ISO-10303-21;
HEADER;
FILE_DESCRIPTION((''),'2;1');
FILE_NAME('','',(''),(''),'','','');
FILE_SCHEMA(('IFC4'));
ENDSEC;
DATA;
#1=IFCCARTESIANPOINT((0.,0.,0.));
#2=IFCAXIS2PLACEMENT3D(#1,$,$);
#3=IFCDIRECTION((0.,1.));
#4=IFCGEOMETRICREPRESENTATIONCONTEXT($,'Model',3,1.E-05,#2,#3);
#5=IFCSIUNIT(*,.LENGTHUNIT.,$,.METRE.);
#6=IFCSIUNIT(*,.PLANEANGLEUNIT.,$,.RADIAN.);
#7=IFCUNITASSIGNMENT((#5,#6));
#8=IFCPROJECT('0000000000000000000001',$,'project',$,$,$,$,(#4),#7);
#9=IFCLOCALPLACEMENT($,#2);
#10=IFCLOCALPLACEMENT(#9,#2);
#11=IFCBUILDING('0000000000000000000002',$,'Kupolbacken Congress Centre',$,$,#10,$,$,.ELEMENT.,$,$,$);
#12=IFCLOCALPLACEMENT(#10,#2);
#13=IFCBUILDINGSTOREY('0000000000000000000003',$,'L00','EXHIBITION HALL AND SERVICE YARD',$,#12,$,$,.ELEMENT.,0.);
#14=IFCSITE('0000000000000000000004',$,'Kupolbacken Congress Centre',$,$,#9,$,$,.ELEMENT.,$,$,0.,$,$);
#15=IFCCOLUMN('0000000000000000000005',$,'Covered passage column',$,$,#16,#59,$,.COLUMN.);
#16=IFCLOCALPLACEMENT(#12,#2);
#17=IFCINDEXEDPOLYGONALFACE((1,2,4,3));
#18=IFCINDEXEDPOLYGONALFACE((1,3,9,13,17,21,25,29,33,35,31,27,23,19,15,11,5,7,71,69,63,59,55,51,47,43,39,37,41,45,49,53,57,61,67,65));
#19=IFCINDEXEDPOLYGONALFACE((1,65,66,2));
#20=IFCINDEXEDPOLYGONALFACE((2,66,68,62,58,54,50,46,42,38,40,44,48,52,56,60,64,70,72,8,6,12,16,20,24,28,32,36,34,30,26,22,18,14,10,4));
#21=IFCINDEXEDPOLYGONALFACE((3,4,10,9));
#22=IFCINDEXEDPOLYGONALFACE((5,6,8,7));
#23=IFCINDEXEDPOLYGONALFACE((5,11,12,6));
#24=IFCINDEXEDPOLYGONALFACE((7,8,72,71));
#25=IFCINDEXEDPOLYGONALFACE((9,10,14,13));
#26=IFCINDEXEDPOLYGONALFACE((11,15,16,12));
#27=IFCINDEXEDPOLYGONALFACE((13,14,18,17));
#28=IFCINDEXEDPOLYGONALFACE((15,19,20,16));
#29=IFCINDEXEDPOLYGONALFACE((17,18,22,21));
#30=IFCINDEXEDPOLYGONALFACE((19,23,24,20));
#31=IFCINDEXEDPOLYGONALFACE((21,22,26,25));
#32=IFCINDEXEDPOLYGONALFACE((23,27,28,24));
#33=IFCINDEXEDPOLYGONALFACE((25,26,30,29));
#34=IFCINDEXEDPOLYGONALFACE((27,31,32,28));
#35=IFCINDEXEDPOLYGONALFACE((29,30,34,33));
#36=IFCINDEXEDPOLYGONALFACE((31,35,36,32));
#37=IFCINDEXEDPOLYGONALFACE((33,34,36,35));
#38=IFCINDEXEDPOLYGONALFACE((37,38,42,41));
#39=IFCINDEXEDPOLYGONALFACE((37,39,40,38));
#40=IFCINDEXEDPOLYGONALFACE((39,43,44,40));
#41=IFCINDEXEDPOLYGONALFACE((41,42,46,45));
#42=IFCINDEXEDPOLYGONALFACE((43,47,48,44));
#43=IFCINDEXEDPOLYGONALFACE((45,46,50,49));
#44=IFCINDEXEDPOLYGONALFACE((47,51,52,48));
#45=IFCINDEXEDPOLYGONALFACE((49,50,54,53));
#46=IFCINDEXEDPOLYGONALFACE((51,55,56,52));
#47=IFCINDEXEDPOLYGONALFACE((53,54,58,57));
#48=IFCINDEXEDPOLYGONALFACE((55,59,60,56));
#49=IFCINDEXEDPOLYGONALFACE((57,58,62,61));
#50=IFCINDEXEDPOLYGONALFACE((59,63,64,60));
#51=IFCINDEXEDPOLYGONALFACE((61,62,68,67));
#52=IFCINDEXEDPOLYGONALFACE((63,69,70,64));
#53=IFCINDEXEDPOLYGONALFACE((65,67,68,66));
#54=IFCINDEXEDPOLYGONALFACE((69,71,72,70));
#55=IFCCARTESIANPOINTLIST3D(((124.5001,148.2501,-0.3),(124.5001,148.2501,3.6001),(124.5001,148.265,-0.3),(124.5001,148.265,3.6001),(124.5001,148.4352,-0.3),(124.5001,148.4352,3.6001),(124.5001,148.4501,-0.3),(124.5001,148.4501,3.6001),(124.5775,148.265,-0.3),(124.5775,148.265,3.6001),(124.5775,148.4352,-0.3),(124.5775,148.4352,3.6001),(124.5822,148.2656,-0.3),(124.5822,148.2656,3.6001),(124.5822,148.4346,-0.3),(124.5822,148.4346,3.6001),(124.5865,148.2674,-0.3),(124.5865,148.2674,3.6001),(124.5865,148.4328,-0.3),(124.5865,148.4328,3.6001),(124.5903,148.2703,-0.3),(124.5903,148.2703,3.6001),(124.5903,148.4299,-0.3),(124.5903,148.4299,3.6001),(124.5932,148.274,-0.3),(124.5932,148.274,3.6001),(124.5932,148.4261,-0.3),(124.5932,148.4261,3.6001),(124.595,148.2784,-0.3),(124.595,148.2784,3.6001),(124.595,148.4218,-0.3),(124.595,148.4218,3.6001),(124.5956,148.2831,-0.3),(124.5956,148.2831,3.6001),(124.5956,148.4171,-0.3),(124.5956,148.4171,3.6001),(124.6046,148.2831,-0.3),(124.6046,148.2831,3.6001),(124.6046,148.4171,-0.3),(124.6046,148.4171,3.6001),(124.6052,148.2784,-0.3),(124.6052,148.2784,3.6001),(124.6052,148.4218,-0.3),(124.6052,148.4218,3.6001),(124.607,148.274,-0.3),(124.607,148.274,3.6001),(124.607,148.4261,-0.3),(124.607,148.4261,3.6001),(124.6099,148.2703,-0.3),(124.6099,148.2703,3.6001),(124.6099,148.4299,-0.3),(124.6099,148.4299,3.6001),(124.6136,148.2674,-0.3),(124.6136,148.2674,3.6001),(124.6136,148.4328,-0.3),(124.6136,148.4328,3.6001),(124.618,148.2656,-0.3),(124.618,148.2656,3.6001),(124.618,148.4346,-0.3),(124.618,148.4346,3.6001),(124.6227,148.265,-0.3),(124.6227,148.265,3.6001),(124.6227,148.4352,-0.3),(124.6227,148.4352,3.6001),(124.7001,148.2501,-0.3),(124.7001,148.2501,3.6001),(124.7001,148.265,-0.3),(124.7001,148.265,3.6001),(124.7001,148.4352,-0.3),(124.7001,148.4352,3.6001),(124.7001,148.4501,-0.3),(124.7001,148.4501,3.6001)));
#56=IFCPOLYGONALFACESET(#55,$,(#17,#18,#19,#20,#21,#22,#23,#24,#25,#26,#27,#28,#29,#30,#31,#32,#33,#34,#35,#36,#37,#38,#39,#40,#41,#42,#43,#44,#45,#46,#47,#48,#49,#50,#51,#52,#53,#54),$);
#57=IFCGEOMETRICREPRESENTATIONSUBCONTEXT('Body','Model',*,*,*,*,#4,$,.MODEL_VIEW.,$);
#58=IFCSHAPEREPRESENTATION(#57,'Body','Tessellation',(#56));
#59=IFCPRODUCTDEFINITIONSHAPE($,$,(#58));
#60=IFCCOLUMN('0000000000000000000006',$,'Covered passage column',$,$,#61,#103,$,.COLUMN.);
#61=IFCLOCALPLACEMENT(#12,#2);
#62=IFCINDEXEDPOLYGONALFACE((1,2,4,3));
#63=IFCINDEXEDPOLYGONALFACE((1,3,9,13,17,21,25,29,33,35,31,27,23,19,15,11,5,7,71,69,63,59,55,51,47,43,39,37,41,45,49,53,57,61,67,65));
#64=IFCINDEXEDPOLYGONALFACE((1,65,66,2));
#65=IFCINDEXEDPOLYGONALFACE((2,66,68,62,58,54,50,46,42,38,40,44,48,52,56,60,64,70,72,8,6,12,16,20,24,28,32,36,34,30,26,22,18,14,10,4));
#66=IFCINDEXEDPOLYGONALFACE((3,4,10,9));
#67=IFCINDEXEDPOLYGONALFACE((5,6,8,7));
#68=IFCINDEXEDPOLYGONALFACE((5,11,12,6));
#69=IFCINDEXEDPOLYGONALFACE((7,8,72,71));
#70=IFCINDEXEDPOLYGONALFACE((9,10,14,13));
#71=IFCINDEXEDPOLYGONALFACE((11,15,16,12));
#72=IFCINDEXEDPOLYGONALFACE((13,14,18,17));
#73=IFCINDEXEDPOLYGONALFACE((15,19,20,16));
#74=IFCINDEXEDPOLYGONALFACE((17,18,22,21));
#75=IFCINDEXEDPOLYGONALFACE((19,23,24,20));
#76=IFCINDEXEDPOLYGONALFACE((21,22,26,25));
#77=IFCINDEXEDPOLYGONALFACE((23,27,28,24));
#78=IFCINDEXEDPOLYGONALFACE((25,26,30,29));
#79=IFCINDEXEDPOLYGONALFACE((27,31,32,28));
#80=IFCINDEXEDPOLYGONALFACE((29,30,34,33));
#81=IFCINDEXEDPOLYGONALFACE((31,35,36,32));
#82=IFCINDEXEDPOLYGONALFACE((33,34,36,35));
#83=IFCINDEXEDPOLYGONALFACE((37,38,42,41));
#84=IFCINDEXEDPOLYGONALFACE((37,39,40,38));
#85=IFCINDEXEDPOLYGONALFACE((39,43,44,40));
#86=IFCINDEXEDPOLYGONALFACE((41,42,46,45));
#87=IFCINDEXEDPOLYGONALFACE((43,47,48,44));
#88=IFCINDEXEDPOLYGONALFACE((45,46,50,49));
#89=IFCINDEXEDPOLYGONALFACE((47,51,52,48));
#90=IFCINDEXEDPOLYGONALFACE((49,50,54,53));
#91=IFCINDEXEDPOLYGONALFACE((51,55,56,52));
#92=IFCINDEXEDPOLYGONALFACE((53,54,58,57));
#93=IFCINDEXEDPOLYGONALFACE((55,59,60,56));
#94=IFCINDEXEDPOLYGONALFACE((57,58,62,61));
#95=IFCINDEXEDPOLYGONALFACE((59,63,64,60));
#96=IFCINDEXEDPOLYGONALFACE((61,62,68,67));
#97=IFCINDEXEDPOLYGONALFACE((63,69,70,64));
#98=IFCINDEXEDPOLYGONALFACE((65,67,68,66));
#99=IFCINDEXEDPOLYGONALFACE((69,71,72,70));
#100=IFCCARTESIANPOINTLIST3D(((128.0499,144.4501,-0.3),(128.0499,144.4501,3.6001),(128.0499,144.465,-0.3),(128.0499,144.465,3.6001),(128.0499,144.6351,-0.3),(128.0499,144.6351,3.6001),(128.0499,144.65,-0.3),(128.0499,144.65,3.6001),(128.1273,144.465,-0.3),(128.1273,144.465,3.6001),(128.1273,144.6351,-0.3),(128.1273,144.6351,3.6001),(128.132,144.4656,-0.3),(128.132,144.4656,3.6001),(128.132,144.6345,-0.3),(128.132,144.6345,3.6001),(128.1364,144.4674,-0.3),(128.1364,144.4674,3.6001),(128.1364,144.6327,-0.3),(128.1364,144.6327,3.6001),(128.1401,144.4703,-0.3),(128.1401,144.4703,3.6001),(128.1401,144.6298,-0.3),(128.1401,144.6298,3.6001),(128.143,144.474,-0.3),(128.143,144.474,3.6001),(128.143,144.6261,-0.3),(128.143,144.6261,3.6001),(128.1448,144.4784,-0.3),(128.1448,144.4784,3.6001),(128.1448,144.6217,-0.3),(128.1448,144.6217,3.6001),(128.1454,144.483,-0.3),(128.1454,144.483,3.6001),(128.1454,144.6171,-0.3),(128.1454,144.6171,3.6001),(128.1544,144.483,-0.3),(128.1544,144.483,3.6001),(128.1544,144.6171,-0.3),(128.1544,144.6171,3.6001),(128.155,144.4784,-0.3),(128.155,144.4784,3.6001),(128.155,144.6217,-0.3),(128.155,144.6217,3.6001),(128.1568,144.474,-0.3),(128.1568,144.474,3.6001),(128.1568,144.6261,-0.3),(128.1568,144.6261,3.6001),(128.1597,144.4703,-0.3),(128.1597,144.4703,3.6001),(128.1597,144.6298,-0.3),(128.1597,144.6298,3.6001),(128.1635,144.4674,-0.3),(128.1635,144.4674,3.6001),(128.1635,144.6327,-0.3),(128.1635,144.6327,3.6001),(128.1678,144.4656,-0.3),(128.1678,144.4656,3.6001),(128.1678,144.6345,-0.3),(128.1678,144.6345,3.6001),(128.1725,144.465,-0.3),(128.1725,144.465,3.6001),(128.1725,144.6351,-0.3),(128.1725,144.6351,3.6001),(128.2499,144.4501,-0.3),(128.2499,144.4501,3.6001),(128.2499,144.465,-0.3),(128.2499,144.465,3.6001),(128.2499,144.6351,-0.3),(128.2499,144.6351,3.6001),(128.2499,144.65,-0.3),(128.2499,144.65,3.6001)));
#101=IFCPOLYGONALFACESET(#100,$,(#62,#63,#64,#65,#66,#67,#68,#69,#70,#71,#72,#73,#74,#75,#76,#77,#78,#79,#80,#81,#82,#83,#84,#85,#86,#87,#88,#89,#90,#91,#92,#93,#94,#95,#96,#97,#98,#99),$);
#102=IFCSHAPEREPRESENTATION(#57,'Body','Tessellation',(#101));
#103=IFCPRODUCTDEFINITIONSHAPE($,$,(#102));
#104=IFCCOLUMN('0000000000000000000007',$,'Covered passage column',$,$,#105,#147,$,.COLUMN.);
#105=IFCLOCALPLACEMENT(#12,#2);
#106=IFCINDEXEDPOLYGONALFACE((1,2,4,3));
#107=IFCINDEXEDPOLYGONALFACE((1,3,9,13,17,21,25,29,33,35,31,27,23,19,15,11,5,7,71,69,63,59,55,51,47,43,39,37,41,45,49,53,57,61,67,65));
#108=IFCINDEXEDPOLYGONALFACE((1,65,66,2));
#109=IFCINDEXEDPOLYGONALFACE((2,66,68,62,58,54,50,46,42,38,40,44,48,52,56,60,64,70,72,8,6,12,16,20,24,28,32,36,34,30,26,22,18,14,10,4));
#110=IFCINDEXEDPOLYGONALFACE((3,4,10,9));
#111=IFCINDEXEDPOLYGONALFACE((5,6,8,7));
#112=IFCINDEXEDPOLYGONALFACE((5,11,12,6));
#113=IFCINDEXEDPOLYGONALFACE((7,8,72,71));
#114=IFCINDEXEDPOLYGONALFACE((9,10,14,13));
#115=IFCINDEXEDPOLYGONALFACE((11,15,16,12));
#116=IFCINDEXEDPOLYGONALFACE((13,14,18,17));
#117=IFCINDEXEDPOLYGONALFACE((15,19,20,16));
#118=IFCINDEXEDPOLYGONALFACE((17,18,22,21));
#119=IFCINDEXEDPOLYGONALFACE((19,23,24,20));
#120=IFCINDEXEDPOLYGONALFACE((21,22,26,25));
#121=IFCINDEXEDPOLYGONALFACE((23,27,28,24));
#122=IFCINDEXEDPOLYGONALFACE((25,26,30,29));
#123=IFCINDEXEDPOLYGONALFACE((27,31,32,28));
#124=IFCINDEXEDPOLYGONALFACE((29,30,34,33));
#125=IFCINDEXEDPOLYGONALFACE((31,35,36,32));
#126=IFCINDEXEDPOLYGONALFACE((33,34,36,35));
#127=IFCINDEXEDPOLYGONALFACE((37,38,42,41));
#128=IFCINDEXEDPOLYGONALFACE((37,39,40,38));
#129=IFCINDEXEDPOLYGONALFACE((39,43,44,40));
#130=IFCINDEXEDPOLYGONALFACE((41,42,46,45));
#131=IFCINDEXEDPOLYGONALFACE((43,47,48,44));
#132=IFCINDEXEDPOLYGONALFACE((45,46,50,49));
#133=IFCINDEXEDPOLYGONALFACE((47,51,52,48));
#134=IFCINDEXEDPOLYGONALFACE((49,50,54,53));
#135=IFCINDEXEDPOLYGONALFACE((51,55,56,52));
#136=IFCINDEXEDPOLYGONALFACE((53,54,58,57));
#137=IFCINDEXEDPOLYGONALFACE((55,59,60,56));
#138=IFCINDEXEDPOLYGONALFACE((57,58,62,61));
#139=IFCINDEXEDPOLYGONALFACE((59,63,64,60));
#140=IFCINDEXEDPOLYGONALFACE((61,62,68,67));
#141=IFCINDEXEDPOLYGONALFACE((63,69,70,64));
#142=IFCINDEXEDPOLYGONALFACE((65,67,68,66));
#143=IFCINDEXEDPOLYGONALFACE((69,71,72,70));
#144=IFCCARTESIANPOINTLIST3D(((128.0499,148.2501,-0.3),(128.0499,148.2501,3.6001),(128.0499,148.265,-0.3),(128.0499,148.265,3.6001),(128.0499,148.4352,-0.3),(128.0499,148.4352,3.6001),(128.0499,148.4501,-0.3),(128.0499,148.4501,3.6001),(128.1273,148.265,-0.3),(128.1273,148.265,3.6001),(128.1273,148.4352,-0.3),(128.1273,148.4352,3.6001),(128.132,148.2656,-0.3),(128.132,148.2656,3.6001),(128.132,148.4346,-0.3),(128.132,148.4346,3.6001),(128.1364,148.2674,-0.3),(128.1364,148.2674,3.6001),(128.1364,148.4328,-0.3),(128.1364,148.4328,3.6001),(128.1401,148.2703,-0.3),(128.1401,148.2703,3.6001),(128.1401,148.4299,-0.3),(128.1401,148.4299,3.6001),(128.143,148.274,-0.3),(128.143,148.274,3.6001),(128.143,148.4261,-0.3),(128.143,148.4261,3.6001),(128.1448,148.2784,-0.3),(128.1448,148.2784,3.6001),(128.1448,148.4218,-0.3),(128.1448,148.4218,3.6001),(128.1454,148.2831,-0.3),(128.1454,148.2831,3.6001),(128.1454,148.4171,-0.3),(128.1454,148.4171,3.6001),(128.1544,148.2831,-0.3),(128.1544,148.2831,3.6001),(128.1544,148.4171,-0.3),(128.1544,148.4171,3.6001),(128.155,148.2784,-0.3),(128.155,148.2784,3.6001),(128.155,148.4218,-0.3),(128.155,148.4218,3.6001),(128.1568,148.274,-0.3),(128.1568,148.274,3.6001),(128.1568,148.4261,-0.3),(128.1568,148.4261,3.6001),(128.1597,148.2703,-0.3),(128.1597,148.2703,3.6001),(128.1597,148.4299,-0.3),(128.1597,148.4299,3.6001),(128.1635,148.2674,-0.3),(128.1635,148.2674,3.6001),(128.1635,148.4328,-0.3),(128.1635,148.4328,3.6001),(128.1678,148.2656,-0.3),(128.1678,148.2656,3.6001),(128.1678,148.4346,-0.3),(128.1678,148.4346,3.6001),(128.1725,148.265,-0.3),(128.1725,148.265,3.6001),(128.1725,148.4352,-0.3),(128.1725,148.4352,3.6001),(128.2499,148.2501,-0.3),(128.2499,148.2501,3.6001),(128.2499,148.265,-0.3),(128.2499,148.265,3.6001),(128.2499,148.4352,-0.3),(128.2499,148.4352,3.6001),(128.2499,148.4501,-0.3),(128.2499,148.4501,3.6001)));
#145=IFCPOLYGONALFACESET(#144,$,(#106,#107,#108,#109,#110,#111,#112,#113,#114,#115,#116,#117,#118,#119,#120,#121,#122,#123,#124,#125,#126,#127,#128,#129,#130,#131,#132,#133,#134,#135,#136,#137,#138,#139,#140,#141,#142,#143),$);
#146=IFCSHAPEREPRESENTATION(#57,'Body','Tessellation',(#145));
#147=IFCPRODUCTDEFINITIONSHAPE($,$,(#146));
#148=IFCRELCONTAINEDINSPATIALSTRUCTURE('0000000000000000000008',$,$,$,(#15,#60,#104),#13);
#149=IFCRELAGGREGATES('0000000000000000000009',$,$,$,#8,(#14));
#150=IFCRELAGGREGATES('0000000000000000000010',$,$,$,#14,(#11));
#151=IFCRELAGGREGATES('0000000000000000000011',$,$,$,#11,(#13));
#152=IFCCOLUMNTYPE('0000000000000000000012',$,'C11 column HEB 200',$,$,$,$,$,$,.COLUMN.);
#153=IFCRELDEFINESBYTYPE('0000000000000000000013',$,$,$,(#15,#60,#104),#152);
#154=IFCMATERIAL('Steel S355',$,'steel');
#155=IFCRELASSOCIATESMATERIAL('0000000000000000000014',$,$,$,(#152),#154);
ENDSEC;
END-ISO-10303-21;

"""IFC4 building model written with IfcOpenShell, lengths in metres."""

from ifc_helpers import new_model, si_unit, direction, frame, origin, origin_2d, place, context, subcontext, project, spatial, i_section, extrude, material, material_profile, profile_set, type_object, element, save


model = new_model("IFC4")

# Units and contexts
model_context = context("Model", 3, precision=1e-05, world=origin(), true_north=direction((0.0, 1.0)))
body_context = subcontext(model_context, "Body", "Model", "MODEL_VIEW")
ifc_project = project(units=[si_unit("LENGTHUNIT", "METRE"), si_unit("PLANEANGLEUNIT", "RADIAN")], contexts=[model_context])

# Site, building, storey
site_placement = place(None, origin())
site = spatial("IfcSite", under=ifc_project, at=site_placement, Name="Kupolbacken Congress Centre", CompositionType="ELEMENT", RefElevation=0.0)
building_placement = place(site_placement, origin())
building = spatial("IfcBuilding", under=site, at=building_placement, Name="Kupolbacken Congress Centre", CompositionType="ELEMENT")
storey_placement = place(building_placement, origin())
storey = spatial("IfcBuildingStorey", under=building, at=storey_placement, Name="L00", Description="EXHIBITION HALL AND SERVICE YARD", CompositionType="ELEMENT", Elevation=0.0)

# Columns
ifc_material_1 = material(Name="Steel S355", Category="steel")
ifc_material_profile_1 = material_profile(ifc_material_1, i_section(OverallWidth=0.2, OverallDepth=0.2, WebThickness=0.009, FlangeThickness=0.0149, FilletRadius=0.0181, at=origin_2d()), Name="HEB 200")
ifc_profile_set_1 = profile_set([ifc_material_profile_1], Name="Steel S355")
column_type_1 = type_object("IfcColumnType", Name="C11 column HEB 200", PredefinedType="COLUMN", material=ifc_profile_set_1)
for number, where, z_axis, x_axis, name in (
    (1, (124.6001, 148.3501, -0.3), (0.0, 0.0, 1.0), (1.0, 0.0, 0.0), "Covered passage column"),
    (2, (128.1499, 144.55, -0.3), (0.0, 0.0, 1.0), (1.0, 0.0, 0.0), "Covered passage column"),
    (3, (128.1499, 148.3501, -0.3), (0.0, 0.0, 1.0), (1.0, 0.0, 0.0), "Covered passage column"),
):
    element("IfcColumn", number, at=place(storey_placement, frame(where, z_axis=z_axis, x_axis=x_axis)), inside=storey, type_object=column_type_1, Name=name, PredefinedType="COLUMN", context=body_context, shape_type="SweptSolid", body=[
        extrude(i_section(OverallWidth=0.2, OverallDepth=0.2, WebThickness=0.009, FlangeThickness=0.0149, FilletRadius=0.0181, at=origin_2d()), origin(), (0.0, 0.0, 1.0), 3.9001),
    ])

save(model, "model.ifc")
